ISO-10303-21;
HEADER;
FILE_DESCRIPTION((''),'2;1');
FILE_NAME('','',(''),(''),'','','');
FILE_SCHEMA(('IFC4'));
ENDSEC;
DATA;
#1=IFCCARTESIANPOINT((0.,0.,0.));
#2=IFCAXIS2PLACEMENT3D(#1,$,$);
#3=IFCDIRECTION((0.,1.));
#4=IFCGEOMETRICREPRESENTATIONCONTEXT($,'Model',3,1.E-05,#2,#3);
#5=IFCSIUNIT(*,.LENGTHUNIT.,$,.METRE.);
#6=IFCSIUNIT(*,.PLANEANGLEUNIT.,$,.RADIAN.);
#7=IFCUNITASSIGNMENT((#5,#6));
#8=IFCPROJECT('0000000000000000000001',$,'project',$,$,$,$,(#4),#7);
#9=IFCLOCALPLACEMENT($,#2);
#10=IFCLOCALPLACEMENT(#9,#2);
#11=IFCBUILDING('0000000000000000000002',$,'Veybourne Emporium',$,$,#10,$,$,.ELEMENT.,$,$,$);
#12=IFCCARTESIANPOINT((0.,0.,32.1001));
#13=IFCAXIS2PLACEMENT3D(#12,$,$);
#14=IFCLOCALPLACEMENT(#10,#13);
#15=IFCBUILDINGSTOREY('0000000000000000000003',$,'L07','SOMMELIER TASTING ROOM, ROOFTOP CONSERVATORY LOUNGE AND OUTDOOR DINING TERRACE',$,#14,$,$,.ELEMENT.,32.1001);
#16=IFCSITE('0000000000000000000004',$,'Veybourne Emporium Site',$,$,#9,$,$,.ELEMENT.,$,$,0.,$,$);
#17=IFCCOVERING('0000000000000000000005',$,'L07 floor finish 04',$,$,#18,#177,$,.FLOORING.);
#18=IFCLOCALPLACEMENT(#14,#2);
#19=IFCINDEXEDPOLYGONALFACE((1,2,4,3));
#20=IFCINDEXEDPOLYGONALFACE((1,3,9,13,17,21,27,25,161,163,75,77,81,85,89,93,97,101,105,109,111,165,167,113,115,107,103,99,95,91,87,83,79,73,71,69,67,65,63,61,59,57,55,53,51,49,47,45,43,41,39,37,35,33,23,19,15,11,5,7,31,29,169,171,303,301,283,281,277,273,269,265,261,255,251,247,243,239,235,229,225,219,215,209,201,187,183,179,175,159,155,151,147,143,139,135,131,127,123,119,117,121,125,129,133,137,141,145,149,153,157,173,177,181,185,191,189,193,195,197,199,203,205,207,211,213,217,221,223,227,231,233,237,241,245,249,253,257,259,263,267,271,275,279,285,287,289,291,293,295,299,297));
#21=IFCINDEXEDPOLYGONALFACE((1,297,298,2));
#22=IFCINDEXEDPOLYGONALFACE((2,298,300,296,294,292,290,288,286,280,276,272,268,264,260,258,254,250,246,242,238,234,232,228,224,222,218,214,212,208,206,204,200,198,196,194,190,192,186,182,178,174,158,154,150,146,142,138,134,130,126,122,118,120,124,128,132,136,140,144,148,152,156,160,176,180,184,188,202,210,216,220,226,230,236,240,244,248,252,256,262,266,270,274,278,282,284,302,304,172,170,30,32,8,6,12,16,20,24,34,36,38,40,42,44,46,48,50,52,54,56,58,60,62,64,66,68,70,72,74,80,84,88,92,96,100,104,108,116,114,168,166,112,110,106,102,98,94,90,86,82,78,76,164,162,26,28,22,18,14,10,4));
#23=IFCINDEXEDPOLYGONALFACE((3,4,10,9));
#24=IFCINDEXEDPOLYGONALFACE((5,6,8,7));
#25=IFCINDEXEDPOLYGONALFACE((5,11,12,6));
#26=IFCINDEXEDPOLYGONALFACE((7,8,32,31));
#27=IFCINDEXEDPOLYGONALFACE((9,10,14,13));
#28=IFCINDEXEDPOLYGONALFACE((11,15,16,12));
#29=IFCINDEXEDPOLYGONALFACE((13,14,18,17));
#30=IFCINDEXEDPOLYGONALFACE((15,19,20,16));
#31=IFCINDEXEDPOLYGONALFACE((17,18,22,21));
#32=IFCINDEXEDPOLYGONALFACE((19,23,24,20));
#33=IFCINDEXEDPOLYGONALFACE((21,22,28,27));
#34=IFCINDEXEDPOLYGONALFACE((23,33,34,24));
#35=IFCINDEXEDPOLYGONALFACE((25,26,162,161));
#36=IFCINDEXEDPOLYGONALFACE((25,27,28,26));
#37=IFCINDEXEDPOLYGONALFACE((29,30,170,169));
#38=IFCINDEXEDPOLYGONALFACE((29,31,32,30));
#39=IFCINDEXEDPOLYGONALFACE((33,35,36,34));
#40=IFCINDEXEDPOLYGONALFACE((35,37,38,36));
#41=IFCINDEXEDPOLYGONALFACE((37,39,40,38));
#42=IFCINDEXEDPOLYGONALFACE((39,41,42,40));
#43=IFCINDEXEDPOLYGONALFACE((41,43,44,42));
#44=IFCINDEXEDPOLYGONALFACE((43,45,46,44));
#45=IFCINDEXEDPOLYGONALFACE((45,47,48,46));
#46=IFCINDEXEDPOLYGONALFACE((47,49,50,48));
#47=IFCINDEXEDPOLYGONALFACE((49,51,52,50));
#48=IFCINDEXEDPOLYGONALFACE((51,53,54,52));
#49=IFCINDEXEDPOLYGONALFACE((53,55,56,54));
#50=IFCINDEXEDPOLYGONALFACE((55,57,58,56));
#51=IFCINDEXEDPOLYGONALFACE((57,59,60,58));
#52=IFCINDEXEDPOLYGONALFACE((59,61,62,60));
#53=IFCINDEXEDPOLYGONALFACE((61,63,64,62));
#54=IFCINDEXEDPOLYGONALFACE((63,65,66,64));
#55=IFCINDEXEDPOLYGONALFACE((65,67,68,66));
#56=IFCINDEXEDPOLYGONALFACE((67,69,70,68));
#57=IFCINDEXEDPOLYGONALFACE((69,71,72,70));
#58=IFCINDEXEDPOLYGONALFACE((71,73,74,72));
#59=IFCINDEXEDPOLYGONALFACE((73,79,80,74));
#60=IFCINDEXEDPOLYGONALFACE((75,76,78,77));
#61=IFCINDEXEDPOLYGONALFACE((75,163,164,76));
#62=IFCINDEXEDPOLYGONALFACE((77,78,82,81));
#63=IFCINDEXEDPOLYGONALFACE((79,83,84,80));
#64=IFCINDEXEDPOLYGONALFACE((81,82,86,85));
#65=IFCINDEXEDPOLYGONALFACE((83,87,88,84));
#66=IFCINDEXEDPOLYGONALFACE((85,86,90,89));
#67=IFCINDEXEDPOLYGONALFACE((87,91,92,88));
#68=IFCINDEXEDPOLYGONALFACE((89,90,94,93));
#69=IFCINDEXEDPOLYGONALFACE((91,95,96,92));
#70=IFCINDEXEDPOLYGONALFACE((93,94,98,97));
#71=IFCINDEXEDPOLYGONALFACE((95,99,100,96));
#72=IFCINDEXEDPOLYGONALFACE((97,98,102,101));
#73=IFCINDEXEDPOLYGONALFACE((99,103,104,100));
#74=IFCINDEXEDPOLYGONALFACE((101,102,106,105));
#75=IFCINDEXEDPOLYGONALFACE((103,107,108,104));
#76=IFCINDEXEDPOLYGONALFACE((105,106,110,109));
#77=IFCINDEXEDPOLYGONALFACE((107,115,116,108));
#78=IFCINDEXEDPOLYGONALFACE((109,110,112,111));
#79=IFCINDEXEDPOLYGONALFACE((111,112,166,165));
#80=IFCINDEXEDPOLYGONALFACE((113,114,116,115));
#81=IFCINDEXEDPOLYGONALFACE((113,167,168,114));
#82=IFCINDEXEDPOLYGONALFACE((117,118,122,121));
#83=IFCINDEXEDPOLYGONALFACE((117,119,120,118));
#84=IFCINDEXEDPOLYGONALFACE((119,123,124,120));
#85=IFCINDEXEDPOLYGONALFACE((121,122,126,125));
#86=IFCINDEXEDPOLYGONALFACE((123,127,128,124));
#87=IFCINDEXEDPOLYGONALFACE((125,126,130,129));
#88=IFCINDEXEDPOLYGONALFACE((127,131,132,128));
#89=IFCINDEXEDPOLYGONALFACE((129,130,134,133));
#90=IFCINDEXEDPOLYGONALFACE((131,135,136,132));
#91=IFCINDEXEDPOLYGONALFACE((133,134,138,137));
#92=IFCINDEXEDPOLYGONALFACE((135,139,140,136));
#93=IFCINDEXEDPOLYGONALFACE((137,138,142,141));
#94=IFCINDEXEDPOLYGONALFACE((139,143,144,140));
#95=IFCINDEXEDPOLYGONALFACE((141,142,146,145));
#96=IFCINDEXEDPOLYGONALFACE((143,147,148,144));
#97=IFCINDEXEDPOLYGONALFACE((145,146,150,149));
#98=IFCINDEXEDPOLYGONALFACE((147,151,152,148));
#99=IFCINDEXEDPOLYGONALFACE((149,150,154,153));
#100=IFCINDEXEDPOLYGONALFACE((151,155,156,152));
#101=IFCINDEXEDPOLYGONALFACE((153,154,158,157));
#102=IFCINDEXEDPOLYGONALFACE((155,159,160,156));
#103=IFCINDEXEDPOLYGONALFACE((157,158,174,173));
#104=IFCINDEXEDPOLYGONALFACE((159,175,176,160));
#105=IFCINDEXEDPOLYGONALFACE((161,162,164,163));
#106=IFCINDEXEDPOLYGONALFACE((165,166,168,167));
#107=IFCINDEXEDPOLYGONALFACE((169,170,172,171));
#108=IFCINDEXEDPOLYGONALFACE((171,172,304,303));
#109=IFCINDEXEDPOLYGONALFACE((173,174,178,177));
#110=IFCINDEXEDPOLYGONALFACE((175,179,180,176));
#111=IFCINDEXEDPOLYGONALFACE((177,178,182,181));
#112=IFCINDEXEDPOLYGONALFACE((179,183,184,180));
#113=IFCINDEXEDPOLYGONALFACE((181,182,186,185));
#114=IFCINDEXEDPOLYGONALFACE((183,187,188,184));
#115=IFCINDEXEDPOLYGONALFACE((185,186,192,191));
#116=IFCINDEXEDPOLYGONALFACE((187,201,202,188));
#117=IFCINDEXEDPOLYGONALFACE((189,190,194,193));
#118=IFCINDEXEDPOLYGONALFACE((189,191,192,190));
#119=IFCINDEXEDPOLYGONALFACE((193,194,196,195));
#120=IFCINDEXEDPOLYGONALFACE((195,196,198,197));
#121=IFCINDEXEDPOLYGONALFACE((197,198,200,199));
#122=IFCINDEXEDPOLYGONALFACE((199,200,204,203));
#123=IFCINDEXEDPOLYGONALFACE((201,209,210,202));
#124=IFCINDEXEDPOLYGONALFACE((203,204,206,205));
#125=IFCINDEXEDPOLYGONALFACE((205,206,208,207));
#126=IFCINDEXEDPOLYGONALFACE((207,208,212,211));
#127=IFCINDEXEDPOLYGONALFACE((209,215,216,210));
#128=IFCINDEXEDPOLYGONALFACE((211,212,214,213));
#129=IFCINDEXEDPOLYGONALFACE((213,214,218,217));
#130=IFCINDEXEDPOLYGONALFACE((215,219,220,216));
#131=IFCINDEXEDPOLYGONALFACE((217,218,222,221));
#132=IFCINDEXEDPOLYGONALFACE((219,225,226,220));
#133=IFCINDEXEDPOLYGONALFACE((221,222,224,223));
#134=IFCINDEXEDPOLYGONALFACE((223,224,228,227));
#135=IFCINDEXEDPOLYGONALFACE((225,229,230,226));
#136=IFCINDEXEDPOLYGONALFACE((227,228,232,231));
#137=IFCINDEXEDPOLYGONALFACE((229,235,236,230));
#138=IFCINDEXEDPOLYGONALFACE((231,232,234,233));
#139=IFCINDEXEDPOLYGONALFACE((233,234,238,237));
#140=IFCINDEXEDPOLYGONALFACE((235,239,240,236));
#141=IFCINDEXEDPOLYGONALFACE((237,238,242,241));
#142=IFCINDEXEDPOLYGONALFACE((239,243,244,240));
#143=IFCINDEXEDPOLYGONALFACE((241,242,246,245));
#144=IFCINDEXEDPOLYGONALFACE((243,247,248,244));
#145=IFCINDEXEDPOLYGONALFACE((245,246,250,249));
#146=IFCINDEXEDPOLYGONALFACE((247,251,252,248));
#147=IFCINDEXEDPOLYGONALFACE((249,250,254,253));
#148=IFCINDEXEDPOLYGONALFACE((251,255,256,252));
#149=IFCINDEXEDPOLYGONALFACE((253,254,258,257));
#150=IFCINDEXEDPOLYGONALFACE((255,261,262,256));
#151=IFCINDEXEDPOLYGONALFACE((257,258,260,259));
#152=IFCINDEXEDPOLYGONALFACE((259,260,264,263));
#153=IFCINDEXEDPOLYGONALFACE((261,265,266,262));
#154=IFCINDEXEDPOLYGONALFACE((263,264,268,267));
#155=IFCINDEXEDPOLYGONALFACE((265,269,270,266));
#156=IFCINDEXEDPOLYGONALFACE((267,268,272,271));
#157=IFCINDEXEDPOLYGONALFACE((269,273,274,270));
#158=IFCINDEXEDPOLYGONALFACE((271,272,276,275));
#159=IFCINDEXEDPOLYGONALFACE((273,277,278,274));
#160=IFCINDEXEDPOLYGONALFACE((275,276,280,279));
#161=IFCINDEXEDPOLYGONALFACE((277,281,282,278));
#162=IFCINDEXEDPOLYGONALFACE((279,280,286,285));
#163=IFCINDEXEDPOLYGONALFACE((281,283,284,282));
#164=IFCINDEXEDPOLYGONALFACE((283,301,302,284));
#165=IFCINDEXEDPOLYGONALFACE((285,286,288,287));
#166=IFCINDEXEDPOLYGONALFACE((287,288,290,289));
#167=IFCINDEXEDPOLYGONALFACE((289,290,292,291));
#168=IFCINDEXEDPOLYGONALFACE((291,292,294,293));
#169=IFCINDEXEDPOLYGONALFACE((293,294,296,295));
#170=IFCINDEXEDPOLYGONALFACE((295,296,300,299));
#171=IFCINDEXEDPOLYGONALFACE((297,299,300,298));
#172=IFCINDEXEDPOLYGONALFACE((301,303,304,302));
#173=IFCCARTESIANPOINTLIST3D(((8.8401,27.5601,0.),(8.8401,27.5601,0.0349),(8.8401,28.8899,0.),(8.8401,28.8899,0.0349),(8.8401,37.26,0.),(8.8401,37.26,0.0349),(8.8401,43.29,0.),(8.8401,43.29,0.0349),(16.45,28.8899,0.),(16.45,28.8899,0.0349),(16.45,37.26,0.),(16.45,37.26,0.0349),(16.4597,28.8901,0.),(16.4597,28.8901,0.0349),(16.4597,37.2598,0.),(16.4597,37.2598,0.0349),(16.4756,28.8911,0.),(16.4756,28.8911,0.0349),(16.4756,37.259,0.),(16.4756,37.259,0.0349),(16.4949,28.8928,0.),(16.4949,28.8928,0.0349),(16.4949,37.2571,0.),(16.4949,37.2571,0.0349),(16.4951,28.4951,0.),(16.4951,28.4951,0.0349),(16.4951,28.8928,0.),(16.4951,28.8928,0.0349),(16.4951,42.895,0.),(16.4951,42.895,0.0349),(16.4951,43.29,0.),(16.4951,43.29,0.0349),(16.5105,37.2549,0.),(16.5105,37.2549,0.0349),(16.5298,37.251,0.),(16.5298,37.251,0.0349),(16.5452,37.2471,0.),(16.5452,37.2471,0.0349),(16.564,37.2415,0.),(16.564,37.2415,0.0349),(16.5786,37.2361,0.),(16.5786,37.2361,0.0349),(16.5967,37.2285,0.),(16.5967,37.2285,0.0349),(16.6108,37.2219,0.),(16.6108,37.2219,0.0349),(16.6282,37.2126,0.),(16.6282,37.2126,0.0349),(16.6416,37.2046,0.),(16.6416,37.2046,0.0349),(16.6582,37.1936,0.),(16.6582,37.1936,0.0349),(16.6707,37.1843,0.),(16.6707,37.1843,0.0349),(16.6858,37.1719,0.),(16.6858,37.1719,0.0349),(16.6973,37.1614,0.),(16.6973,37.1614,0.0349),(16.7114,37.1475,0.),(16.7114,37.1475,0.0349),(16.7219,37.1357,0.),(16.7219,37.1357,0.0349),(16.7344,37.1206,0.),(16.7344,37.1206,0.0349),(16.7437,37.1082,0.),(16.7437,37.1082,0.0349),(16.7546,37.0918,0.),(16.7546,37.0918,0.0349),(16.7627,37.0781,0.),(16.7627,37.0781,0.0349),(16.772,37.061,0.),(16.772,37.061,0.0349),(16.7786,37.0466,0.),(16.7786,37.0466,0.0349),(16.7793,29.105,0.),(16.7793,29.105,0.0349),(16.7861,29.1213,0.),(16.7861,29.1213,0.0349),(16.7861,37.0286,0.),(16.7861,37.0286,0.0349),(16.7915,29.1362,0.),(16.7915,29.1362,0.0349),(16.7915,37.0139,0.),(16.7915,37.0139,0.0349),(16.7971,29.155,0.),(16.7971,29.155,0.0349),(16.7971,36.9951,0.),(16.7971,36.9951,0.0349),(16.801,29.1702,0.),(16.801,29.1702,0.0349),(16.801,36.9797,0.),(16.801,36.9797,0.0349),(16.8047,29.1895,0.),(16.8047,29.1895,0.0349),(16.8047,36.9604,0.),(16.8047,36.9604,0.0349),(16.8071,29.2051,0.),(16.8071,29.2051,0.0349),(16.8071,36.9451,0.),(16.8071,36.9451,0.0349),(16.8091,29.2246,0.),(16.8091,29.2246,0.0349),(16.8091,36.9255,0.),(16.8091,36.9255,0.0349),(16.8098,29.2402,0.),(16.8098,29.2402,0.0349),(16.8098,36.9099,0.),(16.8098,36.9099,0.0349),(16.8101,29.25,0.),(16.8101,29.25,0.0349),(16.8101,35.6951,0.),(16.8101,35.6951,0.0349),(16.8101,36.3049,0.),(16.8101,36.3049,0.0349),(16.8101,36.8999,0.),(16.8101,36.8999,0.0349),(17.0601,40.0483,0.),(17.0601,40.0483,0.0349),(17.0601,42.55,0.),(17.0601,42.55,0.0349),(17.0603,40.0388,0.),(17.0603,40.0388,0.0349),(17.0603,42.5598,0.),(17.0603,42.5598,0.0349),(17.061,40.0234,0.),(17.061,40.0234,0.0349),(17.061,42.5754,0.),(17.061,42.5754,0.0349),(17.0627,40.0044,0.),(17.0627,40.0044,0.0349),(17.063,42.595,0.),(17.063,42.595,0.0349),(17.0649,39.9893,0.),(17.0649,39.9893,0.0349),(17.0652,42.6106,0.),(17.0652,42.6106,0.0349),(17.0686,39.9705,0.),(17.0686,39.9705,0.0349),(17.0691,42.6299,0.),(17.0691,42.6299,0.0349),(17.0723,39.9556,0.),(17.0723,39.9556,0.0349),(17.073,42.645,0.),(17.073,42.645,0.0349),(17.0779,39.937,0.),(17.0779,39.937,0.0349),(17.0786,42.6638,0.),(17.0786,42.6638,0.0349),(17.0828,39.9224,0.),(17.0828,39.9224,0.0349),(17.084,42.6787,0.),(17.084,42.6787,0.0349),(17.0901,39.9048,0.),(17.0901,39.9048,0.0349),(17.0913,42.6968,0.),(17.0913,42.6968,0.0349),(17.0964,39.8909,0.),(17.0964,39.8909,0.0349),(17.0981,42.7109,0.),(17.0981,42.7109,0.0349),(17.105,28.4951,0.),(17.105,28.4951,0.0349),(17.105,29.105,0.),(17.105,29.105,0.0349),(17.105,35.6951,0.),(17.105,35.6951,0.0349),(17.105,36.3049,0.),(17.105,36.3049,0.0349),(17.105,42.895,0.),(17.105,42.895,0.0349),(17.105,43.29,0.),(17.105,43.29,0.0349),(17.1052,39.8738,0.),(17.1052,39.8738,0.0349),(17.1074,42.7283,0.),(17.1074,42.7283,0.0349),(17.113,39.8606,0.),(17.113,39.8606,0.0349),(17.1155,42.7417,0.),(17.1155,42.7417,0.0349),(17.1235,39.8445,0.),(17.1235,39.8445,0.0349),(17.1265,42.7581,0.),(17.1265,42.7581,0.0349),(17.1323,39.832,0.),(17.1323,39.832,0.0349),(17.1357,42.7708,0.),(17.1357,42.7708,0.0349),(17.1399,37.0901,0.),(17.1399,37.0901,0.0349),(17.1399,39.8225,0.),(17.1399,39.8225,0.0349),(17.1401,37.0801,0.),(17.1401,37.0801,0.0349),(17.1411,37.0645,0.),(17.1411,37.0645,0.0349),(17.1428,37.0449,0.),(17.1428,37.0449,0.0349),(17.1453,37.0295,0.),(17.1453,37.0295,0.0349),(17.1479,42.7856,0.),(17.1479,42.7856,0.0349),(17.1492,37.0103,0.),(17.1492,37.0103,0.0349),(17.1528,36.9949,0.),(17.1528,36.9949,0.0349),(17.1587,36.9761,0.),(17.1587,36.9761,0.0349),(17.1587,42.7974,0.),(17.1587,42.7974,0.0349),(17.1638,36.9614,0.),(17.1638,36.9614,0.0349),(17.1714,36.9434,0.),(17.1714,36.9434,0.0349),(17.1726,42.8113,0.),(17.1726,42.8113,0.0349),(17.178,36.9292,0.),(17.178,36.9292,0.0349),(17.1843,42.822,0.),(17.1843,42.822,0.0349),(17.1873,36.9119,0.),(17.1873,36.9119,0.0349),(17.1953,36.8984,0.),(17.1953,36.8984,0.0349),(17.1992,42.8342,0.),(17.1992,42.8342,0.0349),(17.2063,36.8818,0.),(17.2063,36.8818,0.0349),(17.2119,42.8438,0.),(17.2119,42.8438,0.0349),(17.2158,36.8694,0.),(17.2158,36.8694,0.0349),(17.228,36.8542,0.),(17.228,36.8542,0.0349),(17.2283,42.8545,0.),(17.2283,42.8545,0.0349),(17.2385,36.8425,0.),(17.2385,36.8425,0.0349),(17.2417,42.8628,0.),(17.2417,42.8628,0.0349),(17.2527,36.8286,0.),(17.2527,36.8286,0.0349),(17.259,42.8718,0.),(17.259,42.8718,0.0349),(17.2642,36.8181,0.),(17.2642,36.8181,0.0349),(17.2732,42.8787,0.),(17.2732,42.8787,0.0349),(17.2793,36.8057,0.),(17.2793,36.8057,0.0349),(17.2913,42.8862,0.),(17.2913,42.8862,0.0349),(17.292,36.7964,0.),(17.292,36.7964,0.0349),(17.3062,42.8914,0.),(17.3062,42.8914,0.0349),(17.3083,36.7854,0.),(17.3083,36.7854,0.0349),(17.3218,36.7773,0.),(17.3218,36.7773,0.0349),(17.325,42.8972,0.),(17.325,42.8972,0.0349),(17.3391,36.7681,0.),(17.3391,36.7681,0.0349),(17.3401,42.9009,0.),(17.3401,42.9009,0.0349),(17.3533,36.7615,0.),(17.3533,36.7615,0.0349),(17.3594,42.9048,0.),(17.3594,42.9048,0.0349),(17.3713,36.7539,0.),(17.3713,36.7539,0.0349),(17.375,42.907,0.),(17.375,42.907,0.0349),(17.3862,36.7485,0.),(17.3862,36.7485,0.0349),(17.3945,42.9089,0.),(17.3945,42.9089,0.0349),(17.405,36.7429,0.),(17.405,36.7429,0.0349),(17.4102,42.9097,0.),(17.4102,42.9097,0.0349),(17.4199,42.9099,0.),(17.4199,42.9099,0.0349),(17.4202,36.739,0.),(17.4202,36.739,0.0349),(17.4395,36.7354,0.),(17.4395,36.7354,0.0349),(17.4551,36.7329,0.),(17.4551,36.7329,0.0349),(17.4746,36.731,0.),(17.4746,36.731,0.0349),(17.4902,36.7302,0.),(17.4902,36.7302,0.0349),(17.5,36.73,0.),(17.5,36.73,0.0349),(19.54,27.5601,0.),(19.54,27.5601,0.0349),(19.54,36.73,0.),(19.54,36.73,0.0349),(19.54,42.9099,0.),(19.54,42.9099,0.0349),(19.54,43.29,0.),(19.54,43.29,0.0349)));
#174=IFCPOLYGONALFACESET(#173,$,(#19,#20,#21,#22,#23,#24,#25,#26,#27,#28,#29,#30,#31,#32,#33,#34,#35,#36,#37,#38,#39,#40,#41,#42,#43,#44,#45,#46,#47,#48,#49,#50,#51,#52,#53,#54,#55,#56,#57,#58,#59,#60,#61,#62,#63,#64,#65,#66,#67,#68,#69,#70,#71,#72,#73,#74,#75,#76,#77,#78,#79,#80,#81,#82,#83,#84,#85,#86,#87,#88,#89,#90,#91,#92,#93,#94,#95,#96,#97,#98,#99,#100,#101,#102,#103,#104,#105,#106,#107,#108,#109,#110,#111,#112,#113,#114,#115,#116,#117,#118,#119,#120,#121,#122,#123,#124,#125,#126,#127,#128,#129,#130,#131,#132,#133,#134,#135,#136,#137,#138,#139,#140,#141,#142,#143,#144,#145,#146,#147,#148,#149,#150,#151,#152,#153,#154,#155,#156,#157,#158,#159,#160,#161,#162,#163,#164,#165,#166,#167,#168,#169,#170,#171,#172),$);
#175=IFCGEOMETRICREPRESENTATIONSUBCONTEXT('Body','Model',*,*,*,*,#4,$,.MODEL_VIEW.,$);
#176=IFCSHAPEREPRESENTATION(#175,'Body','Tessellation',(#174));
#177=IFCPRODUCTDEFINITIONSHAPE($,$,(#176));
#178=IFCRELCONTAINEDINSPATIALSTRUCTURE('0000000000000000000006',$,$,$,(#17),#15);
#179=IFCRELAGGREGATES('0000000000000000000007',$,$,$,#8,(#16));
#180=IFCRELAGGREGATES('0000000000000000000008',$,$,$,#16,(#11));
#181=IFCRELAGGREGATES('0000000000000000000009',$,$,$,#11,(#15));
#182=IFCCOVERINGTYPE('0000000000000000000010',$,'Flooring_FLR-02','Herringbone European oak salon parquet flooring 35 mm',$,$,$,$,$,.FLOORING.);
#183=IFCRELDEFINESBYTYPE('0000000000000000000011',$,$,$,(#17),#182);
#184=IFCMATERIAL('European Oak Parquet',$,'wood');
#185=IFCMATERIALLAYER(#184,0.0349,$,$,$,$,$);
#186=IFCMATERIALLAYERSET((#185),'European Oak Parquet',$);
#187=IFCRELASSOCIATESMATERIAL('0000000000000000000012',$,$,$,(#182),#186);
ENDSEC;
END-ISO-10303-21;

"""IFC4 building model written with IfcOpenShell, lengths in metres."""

from ifc_helpers import new_model, si_unit, direction, frame, origin, place, context, subcontext, project, spatial, polyline, outline, extrude, material, layer, layer_set, type_object, element, save


model = new_model("IFC4")

# Units and contexts
model_context = context("Model", 3, precision=1e-05, world=origin(), true_north=direction((0.0, 1.0)))
body_context = subcontext(model_context, "Body", "Model", "MODEL_VIEW")
ifc_project = project(units=[si_unit("LENGTHUNIT", "METRE"), si_unit("PLANEANGLEUNIT", "RADIAN")], contexts=[model_context])

# Site, building, storey
site_placement = place(None, origin())
site = spatial("IfcSite", under=ifc_project, at=site_placement, Name="Veybourne Emporium Site", CompositionType="ELEMENT", RefElevation=0.0)
building_placement = place(site_placement, origin())
building = spatial("IfcBuilding", under=site, at=building_placement, Name="Veybourne Emporium", CompositionType="ELEMENT")
storey_placement = place(building_placement, frame((0.0, 0.0, 32.1001)))
storey = spatial("IfcBuildingStorey", under=building, at=storey_placement, Name="L07", Description="SOMMELIER TASTING ROOM, ROOFTOP CONSERVATORY LOUNGE AND OUTDOOR DINING TERRACE", CompositionType="ELEMENT", Elevation=32.1001)

# Covering
ifc_material_1 = material(Name="European Oak Parquet", Category="wood")
ifc_layer_1 = layer(ifc_material_1, 0.0349)
ifc_layer_set_1 = layer_set([ifc_layer_1], Name="European Oak Parquet")
covering_type_1 = type_object("IfcCoveringType", Name="Flooring_FLR-02", Description="Herringbone European oak salon parquet flooring 35 mm", PredefinedType="FLOORING", material=ifc_layer_set_1)
covering_1_placement = place(storey_placement, origin())
element("IfcCovering", 1, at=covering_1_placement, inside=storey, type_object=covering_type_1, Name="L07 floor finish 04", PredefinedType="FLOORING", context=body_context, shape_type="SweptSolid", body=[
    extrude(outline(polyline([(16.45, 28.8899), (16.4597, 28.8901), (16.4756, 28.8911), (16.4949, 28.8928), (16.4951, 28.8928), (16.4951, 28.4951), (17.105, 28.4951), (17.105, 29.105), (16.7793, 29.105), (16.7861, 29.1213), (16.7915, 29.1362), (16.7971, 29.155), (16.801, 29.1702), (16.8047, 29.1895), (16.8071, 29.2051), (16.8091, 29.2246), (16.8098, 29.2402), (16.8101, 29.25), (16.8101, 35.6951), (17.105, 35.6951), (17.105, 36.3049), (16.8101, 36.3049), (16.8101, 36.8999), (16.8098, 36.9099), (16.8091, 36.9255), (16.8071, 36.9451), (16.8047, 36.9604), (16.801, 36.9797), (16.7971, 36.9951), (16.7915, 37.0139), (16.7861, 37.0286), (16.7786, 37.0466), (16.772, 37.061), (16.7627, 37.0781), (16.7546, 37.0918), (16.7437, 37.1082), (16.7344, 37.1206), (16.7219, 37.1357), (16.7114, 37.1475), (16.6973, 37.1614), (16.6858, 37.1719), (16.6707, 37.1843), (16.6582, 37.1936), (16.6416, 37.2046), (16.6282, 37.2126), (16.6108, 37.2219), (16.5967, 37.2285), (16.5786, 37.2361), (16.564, 37.2415), (16.5452, 37.2471), (16.5298, 37.251), (16.5105, 37.2549), (16.4949, 37.2571), (16.4756, 37.259), (16.4597, 37.2598), (16.45, 37.26), (8.8401, 37.26), (8.8401, 43.29), (16.4951, 43.29), (16.4951, 42.895), (17.105, 42.895), (17.105, 43.29), (19.54, 43.29), (19.54, 42.9099), (17.4199, 42.9099), (17.4102, 42.9097), (17.3945, 42.9089), (17.375, 42.907), (17.3594, 42.9048), (17.3401, 42.9009), (17.325, 42.8972), (17.3062, 42.8914), (17.2913, 42.8862), (17.2732, 42.8787), (17.259, 42.8718), (17.2417, 42.8628), (17.2283, 42.8545), (17.2119, 42.8438), (17.1992, 42.8342), (17.1843, 42.822), (17.1726, 42.8113), (17.1587, 42.7974), (17.1479, 42.7856), (17.1357, 42.7708), (17.1265, 42.7581), (17.1155, 42.7417), (17.1074, 42.7283), (17.0981, 42.7109), (17.0913, 42.6968), (17.084, 42.6787), (17.0786, 42.6638), (17.073, 42.645), (17.0691, 42.6299), (17.0652, 42.6106), (17.063, 42.595), (17.061, 42.5754), (17.0603, 42.5598), (17.0601, 42.55), (17.0601, 40.0483), (17.0603, 40.0388), (17.061, 40.0234), (17.0627, 40.0044), (17.0649, 39.9893), (17.0686, 39.9705), (17.0723, 39.9556), (17.0779, 39.937), (17.0828, 39.9224), (17.0901, 39.9048), (17.0964, 39.8909), (17.1052, 39.8738), (17.113, 39.8606), (17.1235, 39.8445), (17.1323, 39.832), (17.1399, 39.8225), (17.1399, 37.0901), (17.1401, 37.0801), (17.1411, 37.0645), (17.1428, 37.0449), (17.1453, 37.0295), (17.1492, 37.0103), (17.1528, 36.9949), (17.1587, 36.9761), (17.1638, 36.9614), (17.1714, 36.9434), (17.178, 36.9292), (17.1873, 36.9119), (17.1953, 36.8984), (17.2063, 36.8818), (17.2158, 36.8694), (17.228, 36.8542), (17.2385, 36.8425), (17.2527, 36.8286), (17.2642, 36.8181), (17.2793, 36.8057), (17.292, 36.7964), (17.3083, 36.7854), (17.3218, 36.7773), (17.3391, 36.7681), (17.3533, 36.7615), (17.3713, 36.7539), (17.3862, 36.7485), (17.405, 36.7429), (17.4202, 36.739), (17.4395, 36.7354), (17.4551, 36.7329), (17.4746, 36.731), (17.4902, 36.7302), (17.5, 36.73), (19.54, 36.73), (19.54, 27.5601), (8.8401, 27.5601), (8.8401, 28.8899), (16.45, 28.8899)])), origin(), (0.0, 0.0, 1.0), 0.0349),
])

save(model, "model.ifc")
